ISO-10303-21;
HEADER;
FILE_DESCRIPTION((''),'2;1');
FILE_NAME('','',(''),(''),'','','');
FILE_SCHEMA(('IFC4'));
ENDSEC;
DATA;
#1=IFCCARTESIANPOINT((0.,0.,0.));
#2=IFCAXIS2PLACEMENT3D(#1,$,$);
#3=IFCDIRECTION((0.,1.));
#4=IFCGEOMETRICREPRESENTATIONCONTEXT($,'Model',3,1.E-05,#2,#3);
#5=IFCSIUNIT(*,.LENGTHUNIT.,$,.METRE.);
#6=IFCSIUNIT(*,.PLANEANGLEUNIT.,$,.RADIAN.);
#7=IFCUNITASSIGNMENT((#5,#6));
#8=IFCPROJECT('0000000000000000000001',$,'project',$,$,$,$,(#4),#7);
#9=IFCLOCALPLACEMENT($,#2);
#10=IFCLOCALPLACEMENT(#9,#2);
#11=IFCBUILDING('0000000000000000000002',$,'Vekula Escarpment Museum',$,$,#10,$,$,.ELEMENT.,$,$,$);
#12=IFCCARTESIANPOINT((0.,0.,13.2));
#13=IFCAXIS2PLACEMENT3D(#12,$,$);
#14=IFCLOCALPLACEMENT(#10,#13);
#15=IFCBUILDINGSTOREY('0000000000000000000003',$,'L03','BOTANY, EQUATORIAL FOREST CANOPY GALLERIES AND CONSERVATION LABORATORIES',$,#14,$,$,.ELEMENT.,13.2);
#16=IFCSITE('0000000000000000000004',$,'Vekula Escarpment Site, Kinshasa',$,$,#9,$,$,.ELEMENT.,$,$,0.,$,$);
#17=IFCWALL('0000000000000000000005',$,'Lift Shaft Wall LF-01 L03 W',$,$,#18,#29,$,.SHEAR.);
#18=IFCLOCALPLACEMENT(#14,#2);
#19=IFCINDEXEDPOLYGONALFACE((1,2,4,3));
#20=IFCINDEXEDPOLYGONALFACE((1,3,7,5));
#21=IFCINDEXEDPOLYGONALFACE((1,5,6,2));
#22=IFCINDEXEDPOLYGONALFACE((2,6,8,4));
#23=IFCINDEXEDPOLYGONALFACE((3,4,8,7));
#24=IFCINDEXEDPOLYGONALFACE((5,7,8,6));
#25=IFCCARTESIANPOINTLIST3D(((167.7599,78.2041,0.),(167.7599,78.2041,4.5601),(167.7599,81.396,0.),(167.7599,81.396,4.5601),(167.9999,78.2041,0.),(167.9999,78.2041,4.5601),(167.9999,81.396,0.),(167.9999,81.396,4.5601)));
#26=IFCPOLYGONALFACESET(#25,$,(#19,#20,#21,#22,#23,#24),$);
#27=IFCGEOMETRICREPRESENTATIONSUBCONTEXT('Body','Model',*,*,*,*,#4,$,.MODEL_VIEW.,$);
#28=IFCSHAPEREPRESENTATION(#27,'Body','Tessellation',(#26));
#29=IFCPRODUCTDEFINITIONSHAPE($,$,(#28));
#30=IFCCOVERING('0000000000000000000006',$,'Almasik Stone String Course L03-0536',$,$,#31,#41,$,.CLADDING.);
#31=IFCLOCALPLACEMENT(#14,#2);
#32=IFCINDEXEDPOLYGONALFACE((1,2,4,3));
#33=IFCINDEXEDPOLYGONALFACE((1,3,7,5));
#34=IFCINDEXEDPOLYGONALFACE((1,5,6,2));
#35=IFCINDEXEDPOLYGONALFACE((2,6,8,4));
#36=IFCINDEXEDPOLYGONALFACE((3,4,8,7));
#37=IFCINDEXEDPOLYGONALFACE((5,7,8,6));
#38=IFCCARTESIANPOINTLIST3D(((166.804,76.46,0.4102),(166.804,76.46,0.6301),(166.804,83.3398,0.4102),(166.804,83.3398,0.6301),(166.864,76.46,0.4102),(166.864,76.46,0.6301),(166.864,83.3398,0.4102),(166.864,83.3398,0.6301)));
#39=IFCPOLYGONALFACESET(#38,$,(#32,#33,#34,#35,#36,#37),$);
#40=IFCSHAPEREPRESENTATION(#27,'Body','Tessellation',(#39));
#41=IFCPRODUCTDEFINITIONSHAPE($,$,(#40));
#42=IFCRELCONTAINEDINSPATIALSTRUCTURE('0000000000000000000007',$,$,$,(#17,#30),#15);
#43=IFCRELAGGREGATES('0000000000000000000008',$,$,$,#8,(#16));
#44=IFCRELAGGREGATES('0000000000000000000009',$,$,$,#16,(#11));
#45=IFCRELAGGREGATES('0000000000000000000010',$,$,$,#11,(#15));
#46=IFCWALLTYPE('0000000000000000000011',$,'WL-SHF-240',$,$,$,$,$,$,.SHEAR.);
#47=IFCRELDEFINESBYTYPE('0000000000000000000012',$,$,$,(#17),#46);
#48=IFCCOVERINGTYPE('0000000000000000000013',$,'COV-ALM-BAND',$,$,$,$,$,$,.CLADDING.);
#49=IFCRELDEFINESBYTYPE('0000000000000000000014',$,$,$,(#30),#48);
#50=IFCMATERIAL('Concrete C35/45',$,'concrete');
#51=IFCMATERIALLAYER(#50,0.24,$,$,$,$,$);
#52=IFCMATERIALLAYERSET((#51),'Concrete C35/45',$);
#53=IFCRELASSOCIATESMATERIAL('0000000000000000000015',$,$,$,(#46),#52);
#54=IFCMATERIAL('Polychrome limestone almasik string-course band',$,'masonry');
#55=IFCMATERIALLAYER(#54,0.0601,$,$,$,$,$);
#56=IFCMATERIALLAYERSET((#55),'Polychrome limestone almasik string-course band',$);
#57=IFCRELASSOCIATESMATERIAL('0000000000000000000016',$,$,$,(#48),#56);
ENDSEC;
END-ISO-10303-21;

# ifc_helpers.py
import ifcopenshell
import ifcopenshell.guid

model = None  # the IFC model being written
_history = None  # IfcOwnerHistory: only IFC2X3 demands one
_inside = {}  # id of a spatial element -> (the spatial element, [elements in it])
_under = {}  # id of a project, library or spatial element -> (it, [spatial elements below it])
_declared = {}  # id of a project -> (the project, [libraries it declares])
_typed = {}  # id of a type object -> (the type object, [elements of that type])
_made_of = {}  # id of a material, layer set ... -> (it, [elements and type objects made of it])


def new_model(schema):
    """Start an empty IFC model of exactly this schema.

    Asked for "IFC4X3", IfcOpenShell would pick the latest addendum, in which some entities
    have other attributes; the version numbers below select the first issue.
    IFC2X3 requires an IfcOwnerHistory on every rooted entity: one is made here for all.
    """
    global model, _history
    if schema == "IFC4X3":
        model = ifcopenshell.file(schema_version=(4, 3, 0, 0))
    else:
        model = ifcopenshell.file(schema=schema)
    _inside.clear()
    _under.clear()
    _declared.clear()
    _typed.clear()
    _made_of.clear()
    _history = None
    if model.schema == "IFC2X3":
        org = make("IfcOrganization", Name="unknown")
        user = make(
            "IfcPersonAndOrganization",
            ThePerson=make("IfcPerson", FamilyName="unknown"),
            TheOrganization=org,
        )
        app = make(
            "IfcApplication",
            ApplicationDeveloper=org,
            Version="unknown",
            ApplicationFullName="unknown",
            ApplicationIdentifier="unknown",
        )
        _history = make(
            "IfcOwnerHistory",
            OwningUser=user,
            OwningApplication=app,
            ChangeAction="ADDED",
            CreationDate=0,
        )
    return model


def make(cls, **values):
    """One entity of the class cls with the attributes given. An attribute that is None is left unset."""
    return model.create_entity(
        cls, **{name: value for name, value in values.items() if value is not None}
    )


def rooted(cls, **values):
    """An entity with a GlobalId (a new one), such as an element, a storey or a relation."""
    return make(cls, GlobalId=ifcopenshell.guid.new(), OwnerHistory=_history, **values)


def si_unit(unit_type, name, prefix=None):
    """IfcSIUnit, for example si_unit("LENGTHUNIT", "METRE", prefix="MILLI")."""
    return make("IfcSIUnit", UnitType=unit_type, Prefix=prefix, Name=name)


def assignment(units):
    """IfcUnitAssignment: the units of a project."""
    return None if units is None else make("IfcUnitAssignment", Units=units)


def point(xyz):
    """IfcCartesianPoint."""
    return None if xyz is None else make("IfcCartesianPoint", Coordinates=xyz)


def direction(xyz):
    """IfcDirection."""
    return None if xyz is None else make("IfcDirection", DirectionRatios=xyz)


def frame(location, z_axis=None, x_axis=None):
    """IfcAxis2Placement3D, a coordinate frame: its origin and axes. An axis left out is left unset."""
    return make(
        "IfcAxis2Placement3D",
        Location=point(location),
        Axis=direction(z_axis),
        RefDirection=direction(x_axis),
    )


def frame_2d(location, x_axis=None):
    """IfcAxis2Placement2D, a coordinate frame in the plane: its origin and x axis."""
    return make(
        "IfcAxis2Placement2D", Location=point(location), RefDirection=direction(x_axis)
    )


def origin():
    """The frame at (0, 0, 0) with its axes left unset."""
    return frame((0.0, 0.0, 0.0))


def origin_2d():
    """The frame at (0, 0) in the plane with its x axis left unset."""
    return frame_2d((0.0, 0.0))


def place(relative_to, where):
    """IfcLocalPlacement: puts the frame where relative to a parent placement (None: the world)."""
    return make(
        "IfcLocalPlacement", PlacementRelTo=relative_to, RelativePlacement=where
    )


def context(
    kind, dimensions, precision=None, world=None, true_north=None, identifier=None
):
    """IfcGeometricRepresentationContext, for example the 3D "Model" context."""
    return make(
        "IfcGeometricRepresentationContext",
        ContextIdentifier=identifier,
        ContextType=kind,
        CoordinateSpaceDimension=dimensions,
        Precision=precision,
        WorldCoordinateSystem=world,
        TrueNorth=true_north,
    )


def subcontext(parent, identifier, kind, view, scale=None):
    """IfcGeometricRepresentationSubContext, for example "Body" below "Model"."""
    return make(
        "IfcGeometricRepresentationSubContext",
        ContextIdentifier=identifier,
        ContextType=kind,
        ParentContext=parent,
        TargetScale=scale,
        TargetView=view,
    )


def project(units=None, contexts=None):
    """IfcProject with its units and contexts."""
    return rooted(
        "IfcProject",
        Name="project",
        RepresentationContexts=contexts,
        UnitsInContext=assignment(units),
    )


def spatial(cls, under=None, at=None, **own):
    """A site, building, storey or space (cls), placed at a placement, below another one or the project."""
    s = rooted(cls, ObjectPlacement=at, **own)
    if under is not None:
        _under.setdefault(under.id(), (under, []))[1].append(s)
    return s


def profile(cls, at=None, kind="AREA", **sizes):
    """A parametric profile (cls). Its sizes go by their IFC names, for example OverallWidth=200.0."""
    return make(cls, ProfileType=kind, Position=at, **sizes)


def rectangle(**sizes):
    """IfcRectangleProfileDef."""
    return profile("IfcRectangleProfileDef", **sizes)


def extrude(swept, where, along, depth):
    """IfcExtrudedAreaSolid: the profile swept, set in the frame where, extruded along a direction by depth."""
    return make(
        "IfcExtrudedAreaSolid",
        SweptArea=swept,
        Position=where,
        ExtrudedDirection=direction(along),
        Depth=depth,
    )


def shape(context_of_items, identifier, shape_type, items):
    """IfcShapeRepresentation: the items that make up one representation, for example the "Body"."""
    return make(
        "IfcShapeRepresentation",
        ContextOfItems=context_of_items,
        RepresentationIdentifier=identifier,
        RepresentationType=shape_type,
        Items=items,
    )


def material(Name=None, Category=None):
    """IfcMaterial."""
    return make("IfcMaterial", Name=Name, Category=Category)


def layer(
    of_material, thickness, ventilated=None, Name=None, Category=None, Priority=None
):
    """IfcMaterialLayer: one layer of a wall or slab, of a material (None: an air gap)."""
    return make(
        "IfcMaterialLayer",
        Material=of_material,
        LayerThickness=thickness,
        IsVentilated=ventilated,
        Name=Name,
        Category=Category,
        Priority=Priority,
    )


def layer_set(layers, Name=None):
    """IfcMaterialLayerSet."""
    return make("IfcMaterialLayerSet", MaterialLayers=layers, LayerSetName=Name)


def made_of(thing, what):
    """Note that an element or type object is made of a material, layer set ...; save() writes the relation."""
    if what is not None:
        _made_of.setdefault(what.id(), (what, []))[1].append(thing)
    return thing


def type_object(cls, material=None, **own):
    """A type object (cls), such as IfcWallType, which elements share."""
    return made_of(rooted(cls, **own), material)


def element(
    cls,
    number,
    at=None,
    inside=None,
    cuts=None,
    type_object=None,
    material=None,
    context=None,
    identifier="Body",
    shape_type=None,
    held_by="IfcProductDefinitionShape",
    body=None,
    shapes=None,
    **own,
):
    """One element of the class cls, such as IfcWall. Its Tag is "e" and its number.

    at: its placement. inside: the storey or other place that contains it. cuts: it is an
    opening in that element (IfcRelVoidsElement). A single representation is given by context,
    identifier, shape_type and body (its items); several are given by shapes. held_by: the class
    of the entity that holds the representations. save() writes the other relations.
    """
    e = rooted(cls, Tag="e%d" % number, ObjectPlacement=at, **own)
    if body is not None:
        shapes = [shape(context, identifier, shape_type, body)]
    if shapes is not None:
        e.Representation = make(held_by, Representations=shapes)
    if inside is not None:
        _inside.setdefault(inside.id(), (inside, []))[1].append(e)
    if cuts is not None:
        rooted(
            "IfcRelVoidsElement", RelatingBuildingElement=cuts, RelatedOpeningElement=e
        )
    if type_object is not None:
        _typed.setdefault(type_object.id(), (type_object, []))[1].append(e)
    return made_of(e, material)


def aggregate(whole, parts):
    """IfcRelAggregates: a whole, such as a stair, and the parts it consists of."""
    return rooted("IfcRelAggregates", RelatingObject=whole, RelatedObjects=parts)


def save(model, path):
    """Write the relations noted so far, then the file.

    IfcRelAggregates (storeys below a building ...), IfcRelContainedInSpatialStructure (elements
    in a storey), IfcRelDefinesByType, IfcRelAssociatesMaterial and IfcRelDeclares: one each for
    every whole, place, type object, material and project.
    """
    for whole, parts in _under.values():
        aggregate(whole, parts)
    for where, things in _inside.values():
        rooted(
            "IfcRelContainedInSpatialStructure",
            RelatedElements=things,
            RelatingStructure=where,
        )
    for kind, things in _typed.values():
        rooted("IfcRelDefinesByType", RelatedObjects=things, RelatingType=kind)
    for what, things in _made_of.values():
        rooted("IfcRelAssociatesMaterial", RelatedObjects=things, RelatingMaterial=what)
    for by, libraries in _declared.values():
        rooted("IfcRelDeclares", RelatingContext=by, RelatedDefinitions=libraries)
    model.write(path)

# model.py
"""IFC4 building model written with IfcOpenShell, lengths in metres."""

from ifc_helpers import new_model, si_unit, direction, frame, frame_2d, origin, origin_2d, place, context, subcontext, project, spatial, rectangle, extrude, material, layer, layer_set, type_object, element, save


model = new_model("IFC4")

# Units and contexts
model_context = context("Model", 3, precision=1e-05, world=origin(), true_north=direction((0.0, 1.0)))
body_context = subcontext(model_context, "Body", "Model", "MODEL_VIEW")
ifc_project = project(units=[si_unit("LENGTHUNIT", "METRE"), si_unit("PLANEANGLEUNIT", "RADIAN")], contexts=[model_context])

# Site, building, storey
site_placement = place(None, origin())
site = spatial("IfcSite", under=ifc_project, at=site_placement, Name="Vekula Escarpment Site, Kinshasa", CompositionType="ELEMENT", RefElevation=0.0)
building_placement = place(site_placement, origin())
building = spatial("IfcBuilding", under=site, at=building_placement, Name="Vekula Escarpment Museum", CompositionType="ELEMENT")
storey_placement = place(building_placement, frame((0.0, 0.0, 13.2)))
storey = spatial("IfcBuildingStorey", under=building, at=storey_placement, Name="L03", Description="BOTANY, EQUATORIAL FOREST CANOPY GALLERIES AND CONSERVATION LABORATORIES", CompositionType="ELEMENT", Elevation=13.2)

# Shared definitions
ifc_material_1 = material(Name="Concrete C35/45", Category="concrete")
ifc_layer_1 = layer(ifc_material_1, 0.24)
ifc_layer_set_1 = layer_set([ifc_layer_1], Name="Concrete C35/45")
wall_type_1 = type_object("IfcWallType", Name="WL-SHF-240", PredefinedType="SHEAR", material=ifc_layer_set_1)

# Wall
wall_1_placement = place(storey_placement, frame((167.8799, 78.2041, 0.0), z_axis=(0.0, 0.0, 1.0), x_axis=(0.0, 1.0, 0.0)))
element("IfcWall", 1, at=wall_1_placement, inside=storey, type_object=wall_type_1, Name="Lift Shaft Wall LF-01 L03 W", PredefinedType="SHEAR", context=body_context, shape_type="SweptSolid", body=[
    extrude(rectangle(XDim=3.1919, YDim=0.24, at=frame_2d((1.5959, 0.0))), origin(), (0.0, 0.0, 1.0), 4.5601),
])

# Covering
ifc_material_2 = material(Name="Polychrome limestone almasik string-course band", Category="masonry")
ifc_layer_2 = layer(ifc_material_2, 0.0601)
ifc_layer_set_2 = layer_set([ifc_layer_2], Name="Polychrome limestone almasik string-course band")
covering_type = type_object("IfcCoveringType", Name="COV-ALM-BAND", PredefinedType="CLADDING", material=ifc_layer_set_2)
covering_placement = place(storey_placement, frame((166.834, 79.8999, 0.4102), z_axis=(0.0, 0.0, 1.0), x_axis=(0.0, 1.0, 0.0)))
element("IfcCovering", 2, at=covering_placement, inside=storey, type_object=covering_type, Name="Almasik Stone String Course L03-0536", PredefinedType="CLADDING", context=body_context, shape_type="SweptSolid", body=[
    extrude(rectangle(XDim=6.8799, YDim=0.0601, at=origin_2d()), origin(), (0.0, 0.0, 1.0), 0.22),
])

save(model, "model.ifc")
